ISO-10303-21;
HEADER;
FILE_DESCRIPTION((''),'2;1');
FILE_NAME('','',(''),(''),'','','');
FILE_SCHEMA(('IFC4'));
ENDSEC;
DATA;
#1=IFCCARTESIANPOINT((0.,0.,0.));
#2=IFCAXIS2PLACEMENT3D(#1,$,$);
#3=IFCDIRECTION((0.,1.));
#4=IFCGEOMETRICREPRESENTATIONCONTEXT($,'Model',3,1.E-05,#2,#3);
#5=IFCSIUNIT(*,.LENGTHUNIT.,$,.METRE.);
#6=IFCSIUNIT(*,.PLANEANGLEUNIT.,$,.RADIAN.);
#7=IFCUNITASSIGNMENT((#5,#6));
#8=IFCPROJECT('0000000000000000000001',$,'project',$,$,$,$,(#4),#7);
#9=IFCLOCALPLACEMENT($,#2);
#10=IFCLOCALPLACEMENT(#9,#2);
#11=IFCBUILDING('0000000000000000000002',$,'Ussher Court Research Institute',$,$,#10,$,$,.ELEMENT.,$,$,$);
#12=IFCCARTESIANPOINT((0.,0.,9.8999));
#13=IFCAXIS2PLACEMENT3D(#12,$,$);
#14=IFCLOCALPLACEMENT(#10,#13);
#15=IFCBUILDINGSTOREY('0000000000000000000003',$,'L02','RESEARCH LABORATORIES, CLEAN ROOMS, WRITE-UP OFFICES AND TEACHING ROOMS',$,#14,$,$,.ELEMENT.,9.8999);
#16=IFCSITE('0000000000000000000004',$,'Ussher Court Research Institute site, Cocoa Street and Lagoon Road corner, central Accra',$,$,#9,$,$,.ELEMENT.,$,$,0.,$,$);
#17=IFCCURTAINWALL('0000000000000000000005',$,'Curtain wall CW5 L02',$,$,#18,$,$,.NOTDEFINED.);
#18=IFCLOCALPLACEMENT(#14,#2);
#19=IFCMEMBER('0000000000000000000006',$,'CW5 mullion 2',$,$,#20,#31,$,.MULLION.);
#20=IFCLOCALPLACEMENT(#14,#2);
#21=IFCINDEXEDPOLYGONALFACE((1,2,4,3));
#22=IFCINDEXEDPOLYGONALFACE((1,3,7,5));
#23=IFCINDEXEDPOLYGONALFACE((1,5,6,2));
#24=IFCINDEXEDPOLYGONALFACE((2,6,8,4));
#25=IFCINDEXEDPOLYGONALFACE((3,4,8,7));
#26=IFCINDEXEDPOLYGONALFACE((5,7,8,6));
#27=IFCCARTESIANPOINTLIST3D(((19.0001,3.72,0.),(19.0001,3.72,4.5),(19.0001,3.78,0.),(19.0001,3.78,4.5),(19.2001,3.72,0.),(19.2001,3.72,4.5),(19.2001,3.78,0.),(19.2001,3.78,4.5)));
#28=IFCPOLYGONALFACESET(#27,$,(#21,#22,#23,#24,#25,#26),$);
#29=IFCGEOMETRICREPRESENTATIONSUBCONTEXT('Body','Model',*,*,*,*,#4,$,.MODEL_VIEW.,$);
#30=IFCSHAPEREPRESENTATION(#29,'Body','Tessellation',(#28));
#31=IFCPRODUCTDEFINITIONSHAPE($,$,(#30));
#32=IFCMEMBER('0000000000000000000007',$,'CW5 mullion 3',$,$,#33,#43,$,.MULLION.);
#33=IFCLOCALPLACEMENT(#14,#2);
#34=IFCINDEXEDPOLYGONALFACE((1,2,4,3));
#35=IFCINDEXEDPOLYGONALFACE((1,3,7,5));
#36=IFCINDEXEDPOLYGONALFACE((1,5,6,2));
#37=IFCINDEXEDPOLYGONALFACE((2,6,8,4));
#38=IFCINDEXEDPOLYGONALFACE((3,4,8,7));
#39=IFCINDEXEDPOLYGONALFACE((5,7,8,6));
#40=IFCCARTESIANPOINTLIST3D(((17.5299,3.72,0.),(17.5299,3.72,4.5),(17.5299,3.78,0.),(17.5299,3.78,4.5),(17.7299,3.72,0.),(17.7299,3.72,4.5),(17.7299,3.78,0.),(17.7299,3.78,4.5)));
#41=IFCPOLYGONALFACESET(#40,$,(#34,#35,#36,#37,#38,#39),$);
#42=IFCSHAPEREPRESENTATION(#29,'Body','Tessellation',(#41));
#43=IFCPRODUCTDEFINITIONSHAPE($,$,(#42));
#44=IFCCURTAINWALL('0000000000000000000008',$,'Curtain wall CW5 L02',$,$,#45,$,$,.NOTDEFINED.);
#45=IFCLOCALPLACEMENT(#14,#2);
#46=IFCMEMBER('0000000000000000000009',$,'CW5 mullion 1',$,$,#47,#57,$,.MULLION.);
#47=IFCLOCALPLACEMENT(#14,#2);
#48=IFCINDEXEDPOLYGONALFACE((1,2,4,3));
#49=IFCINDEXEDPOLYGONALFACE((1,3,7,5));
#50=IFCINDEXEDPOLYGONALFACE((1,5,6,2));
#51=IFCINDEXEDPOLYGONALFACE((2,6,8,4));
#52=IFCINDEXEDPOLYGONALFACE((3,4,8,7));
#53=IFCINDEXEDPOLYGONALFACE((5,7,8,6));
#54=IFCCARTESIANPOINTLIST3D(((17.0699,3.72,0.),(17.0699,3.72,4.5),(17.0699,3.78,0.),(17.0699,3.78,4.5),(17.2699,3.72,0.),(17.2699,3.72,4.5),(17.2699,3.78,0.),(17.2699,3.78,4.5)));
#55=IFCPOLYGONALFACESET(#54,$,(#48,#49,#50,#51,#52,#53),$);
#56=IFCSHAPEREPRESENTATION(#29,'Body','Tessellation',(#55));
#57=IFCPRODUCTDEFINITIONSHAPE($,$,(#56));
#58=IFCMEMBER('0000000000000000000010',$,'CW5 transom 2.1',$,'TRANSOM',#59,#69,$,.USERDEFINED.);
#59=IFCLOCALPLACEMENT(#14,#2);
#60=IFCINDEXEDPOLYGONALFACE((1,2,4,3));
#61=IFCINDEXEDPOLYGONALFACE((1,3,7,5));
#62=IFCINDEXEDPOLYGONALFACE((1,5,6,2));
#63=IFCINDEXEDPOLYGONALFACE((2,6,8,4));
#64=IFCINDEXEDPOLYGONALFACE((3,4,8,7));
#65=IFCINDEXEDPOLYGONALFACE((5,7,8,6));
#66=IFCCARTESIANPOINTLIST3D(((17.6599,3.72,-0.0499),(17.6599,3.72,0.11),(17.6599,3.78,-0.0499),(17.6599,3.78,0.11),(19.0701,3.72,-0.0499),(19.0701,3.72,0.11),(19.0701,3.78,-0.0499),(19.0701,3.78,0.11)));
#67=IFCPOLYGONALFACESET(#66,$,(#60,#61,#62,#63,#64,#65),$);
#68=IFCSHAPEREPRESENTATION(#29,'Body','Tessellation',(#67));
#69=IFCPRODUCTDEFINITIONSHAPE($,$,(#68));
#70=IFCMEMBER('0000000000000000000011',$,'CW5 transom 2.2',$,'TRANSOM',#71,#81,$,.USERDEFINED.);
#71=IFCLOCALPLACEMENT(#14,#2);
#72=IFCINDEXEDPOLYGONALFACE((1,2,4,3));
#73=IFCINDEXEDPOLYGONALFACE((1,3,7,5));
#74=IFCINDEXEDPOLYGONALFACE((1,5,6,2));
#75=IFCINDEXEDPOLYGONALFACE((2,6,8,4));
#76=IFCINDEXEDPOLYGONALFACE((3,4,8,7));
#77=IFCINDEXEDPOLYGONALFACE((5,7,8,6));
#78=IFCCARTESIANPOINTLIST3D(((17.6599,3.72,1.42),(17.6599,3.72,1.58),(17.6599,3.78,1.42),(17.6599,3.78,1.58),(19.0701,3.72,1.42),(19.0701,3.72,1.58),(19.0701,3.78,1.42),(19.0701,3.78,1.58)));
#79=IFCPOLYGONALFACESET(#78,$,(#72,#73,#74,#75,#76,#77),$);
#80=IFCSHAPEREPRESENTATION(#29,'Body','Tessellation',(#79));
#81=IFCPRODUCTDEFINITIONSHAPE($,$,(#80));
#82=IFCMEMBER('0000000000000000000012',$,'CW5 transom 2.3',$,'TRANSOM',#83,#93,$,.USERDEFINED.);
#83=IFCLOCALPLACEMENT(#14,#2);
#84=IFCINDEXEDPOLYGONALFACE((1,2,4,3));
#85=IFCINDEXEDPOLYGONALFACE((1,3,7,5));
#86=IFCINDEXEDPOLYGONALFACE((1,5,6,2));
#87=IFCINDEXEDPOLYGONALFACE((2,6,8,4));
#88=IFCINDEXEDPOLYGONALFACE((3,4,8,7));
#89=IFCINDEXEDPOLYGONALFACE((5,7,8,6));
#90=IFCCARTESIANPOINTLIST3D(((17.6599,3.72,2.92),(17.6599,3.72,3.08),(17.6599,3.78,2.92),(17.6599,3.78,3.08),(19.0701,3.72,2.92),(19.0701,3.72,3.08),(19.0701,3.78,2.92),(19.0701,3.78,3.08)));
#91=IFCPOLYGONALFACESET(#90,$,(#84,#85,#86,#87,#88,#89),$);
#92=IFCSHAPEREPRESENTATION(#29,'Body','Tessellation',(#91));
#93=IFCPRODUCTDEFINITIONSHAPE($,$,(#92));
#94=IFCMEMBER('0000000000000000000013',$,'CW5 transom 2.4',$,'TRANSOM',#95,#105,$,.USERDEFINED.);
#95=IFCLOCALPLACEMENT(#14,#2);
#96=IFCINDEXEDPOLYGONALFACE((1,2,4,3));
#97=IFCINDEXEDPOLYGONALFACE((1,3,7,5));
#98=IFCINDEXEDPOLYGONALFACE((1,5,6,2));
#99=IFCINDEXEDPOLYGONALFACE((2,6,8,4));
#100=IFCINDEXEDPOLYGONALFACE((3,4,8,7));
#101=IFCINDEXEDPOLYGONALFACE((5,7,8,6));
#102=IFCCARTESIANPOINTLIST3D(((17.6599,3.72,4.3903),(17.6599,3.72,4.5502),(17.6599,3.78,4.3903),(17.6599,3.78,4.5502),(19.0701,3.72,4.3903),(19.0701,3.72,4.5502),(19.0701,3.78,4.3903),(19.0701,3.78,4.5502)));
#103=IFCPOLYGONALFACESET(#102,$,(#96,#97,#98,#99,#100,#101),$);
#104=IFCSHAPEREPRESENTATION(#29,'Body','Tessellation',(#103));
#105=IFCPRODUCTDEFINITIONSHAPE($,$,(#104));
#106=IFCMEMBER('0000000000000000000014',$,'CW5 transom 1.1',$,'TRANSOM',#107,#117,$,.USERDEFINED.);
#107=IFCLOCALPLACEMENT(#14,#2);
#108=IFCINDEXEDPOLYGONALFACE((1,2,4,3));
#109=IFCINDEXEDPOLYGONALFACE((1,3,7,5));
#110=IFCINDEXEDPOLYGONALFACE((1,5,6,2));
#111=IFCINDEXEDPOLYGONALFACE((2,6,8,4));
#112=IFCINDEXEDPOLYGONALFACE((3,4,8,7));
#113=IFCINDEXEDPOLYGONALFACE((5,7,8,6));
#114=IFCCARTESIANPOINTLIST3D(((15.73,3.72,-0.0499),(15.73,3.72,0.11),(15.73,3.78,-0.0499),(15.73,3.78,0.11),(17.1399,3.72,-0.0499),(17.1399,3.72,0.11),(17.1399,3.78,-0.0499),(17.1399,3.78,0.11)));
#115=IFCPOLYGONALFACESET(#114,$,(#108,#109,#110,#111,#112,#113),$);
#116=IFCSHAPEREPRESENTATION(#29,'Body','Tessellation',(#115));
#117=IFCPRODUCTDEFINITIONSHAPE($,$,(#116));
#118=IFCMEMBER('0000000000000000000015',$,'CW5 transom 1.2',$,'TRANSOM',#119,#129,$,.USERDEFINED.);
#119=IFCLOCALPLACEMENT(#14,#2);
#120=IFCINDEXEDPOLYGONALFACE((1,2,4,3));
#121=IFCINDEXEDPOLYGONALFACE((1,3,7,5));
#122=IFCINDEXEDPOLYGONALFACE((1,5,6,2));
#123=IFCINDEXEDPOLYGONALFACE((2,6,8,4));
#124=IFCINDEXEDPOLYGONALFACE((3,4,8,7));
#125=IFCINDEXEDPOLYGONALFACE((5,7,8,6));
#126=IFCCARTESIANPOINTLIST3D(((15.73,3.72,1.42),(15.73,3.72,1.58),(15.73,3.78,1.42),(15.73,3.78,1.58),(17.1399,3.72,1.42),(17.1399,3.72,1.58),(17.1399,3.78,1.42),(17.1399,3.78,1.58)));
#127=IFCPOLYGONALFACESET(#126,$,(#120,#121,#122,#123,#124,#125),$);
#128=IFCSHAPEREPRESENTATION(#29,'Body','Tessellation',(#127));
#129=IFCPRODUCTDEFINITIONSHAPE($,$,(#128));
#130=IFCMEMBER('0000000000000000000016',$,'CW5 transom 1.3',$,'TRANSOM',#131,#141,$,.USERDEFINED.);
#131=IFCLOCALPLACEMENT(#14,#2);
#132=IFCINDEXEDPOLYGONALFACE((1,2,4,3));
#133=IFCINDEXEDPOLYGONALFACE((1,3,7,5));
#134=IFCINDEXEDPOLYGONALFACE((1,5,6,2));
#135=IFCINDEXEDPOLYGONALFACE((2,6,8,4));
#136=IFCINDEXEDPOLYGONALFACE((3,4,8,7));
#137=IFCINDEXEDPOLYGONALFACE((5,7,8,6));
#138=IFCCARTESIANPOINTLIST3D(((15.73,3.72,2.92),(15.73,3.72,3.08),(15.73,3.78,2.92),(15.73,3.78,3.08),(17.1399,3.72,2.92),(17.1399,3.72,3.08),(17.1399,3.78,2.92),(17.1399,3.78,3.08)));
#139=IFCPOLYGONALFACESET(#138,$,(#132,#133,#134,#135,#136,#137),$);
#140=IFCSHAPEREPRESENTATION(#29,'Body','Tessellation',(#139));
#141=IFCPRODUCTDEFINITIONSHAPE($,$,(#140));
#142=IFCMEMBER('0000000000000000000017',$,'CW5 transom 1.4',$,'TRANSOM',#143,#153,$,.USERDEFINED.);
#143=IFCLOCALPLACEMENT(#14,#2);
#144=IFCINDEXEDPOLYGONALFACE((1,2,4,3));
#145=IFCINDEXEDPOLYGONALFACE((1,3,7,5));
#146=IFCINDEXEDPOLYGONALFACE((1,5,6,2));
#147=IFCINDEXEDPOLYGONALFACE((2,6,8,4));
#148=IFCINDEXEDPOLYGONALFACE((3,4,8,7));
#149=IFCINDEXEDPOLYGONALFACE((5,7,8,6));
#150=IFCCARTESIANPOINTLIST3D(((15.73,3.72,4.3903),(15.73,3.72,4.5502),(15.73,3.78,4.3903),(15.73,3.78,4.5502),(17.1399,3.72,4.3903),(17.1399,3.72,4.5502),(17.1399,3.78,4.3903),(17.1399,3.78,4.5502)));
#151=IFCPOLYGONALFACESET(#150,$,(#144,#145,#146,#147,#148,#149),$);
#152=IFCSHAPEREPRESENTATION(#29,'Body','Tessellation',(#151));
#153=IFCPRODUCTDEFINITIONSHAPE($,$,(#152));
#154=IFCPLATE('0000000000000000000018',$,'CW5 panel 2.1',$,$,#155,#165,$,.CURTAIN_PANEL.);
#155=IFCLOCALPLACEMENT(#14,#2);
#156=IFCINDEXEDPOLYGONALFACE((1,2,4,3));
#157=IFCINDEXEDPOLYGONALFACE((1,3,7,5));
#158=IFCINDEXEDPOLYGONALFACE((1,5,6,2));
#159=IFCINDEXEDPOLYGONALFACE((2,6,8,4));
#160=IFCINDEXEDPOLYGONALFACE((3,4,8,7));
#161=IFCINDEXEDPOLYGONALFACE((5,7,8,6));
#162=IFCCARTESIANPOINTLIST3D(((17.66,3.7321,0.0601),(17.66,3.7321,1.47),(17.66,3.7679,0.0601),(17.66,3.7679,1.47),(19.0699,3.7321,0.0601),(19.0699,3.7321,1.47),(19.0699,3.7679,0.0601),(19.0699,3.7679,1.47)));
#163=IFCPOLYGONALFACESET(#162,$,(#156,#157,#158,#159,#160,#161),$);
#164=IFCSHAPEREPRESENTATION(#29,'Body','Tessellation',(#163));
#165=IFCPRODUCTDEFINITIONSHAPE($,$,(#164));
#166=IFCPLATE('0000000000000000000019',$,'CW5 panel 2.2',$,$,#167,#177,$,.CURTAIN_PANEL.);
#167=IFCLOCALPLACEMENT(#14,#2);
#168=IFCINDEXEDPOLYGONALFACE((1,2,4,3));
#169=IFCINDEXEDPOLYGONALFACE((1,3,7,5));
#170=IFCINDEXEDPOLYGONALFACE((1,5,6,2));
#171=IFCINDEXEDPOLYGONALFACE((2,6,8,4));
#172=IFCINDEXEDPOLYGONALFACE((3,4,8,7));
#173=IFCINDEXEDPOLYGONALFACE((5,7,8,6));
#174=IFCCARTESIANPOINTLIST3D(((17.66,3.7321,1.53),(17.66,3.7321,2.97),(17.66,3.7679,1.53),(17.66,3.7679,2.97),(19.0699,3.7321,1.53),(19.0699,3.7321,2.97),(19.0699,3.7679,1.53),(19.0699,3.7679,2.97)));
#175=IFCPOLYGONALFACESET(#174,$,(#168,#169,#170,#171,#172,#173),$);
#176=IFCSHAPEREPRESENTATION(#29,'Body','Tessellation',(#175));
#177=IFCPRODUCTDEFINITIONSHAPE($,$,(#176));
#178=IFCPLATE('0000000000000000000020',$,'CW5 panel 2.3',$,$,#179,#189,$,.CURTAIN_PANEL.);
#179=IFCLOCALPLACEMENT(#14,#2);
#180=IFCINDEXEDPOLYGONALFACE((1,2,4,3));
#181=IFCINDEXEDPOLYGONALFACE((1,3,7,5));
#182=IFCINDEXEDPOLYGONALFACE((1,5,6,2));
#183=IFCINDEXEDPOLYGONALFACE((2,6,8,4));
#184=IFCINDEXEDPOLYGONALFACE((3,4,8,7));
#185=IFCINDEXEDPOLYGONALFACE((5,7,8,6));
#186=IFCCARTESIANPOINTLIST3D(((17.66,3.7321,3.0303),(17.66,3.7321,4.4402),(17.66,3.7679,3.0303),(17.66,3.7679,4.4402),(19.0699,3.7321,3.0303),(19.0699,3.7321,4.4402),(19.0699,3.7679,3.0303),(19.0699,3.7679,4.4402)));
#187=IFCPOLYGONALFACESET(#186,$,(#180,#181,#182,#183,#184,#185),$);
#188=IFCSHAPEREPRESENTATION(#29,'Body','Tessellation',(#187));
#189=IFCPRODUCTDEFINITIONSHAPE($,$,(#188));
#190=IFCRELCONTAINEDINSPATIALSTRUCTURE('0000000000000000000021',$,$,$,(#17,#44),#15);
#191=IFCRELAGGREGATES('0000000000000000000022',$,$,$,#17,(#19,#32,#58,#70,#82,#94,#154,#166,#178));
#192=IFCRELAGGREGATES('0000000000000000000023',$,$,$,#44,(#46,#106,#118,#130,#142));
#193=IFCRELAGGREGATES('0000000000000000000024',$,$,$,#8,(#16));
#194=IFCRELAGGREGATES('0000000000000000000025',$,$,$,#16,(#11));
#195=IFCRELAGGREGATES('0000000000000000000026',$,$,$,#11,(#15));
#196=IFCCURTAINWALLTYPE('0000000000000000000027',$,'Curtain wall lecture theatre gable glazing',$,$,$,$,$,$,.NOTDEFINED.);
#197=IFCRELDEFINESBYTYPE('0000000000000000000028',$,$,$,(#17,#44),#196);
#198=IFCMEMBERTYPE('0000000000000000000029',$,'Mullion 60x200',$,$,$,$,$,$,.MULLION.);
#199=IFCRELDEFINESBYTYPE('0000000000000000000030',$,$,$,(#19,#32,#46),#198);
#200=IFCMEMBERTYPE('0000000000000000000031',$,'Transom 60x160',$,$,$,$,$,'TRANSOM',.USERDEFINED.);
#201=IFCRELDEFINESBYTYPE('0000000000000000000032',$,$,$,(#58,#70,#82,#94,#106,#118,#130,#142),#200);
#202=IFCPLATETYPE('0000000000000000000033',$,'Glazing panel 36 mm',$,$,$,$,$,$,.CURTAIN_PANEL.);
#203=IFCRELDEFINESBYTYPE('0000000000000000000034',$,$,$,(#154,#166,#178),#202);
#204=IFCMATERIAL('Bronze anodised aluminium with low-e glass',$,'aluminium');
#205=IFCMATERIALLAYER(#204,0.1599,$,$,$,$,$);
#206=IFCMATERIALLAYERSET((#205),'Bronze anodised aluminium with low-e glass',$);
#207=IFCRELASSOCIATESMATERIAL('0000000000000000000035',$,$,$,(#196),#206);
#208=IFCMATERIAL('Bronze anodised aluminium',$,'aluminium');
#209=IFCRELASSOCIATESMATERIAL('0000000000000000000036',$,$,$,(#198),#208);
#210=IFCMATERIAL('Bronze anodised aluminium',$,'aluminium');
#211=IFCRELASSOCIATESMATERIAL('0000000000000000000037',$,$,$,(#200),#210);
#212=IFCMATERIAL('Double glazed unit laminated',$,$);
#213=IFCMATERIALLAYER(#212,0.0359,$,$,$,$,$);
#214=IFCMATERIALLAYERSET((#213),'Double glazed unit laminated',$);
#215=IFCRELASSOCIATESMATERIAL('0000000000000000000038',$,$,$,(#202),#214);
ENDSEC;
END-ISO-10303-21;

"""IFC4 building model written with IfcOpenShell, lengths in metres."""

from ifc_helpers import new_model, si_unit, direction, frame, origin, origin_2d, place, context, subcontext, project, spatial, rectangle, extrude, material, layer, layer_set, material_profile, profile_set, type_object, element, aggregate, save


model = new_model("IFC4")

# Units and contexts
model_context = context("Model", 3, precision=1e-05, world=origin(), true_north=direction((0.0, 1.0)))
body_context = subcontext(model_context, "Body", "Model", "MODEL_VIEW")
ifc_project = project(units=[si_unit("LENGTHUNIT", "METRE"), si_unit("PLANEANGLEUNIT", "RADIAN")], contexts=[model_context])

# Site, building, storey
site_placement = place(None, origin())
site = spatial("IfcSite", under=ifc_project, at=site_placement, Name="Ussher Court Research Institute site, Cocoa Street and Lagoon Road corner, central Accra", CompositionType="ELEMENT", RefElevation=0.0)
building_placement = place(site_placement, origin())
building = spatial("IfcBuilding", under=site, at=building_placement, Name="Ussher Court Research Institute", CompositionType="ELEMENT")
storey_placement = place(building_placement, frame((0.0, 0.0, 9.8999)))
storey = spatial("IfcBuildingStorey", under=building, at=storey_placement, Name="L02", Description="RESEARCH LABORATORIES, CLEAN ROOMS, WRITE-UP OFFICES AND TEACHING ROOMS", CompositionType="ELEMENT", Elevation=9.8999)

# Curtain wall, members
ifc_material_1 = material(Name="Bronze anodised aluminium with low-e glass", Category="aluminium")
ifc_layer_1 = layer(ifc_material_1, 0.1599)
ifc_layer_set_1 = layer_set([ifc_layer_1], Name="Bronze anodised aluminium with low-e glass")
curtain_wall_type = type_object("IfcCurtainWallType", Name="Curtain wall lecture theatre gable glazing", PredefinedType="NOTDEFINED", material=ifc_layer_set_1)
curtain_wall_1_placement = place(storey_placement, origin())
curtain_wall_1 = element("IfcCurtainWall", 1, at=curtain_wall_1_placement, inside=storey, type_object=curtain_wall_type, Name="Curtain wall CW5 L02", PredefinedType="NOTDEFINED")
ifc_material_2 = material(Name="Bronze anodised aluminium", Category="aluminium")
ifc_material_profile_1 = material_profile(ifc_material_2, rectangle(XDim=0.0601, YDim=0.2, at=origin_2d()), Name="Mullion 60x200")
ifc_profile_set_1 = profile_set([ifc_material_profile_1], Name="Bronze anodised aluminium")
member_type_1 = type_object("IfcMemberType", Name="Mullion 60x200", PredefinedType="MULLION", material=ifc_profile_set_1)
member_1_placement = place(storey_placement, frame((19.1001, 3.75, 0.0), z_axis=(0.0, 0.0, 1.0), x_axis=(0.0, -1.0, 0.0)))
member_1 = element("IfcMember", 2, at=member_1_placement, type_object=member_type_1, Name="CW5 mullion 2", PredefinedType="MULLION", context=body_context, shape_type="SweptSolid", body=[
    extrude(rectangle(XDim=0.0601, YDim=0.2, at=origin_2d()), origin(), (0.0, 0.0, 1.0), 4.5),
])
member_2_placement = place(storey_placement, frame((17.6299, 3.75, 0.0), z_axis=(0.0, 0.0, 1.0), x_axis=(0.0, -1.0, 0.0)))
member_2 = element("IfcMember", 3, at=member_2_placement, type_object=member_type_1, Name="CW5 mullion 3", PredefinedType="MULLION", context=body_context, shape_type="SweptSolid", body=[
    extrude(rectangle(XDim=0.0601, YDim=0.2, at=origin_2d()), origin(), (0.0, 0.0, 1.0), 4.5),
])

# Curtain wall, member
curtain_wall_2_placement = place(storey_placement, origin())
curtain_wall_2 = element("IfcCurtainWall", 4, at=curtain_wall_2_placement, inside=storey, type_object=curtain_wall_type, Name="Curtain wall CW5 L02", PredefinedType="NOTDEFINED")
member_3_placement = place(storey_placement, frame((17.1699, 3.75, 0.0), z_axis=(0.0, 0.0, 1.0), x_axis=(0.0, -1.0, 0.0)))
member_3 = element("IfcMember", 5, at=member_3_placement, type_object=member_type_1, Name="CW5 mullion 1", PredefinedType="MULLION", context=body_context, shape_type="SweptSolid", body=[
    extrude(rectangle(XDim=0.0601, YDim=0.2, at=origin_2d()), origin(), (0.0, 0.0, 1.0), 4.5),
])

# Members
ifc_material_3 = material(Name="Bronze anodised aluminium", Category="aluminium")
ifc_material_profile_2 = material_profile(ifc_material_3, rectangle(XDim=0.0601, YDim=0.1599, at=origin_2d()), Name="Transom 60x160")
ifc_profile_set_2 = profile_set([ifc_material_profile_2], Name="Bronze anodised aluminium")
member_type_2 = type_object("IfcMemberType", Name="Transom 60x160", ElementType="TRANSOM", PredefinedType="USERDEFINED", material=ifc_profile_set_2)
member_4_placement = place(storey_placement, frame((19.0701, 3.75, 0.03), z_axis=(-1.0, 0.0, 0.0), x_axis=(0.0, -1.0, 0.0)))
member_4 = element("IfcMember", 6, at=member_4_placement, type_object=member_type_2, Name="CW5 transom 2.1", ObjectType="TRANSOM", PredefinedType="USERDEFINED", context=body_context, shape_type="SweptSolid", body=[
    extrude(rectangle(XDim=0.0601, YDim=0.1599, at=origin_2d()), origin(), (0.0, 0.0, 1.0), 1.4102),
])
member_5_placement = place(storey_placement, frame((19.0701, 3.75, 1.5), z_axis=(-1.0, 0.0, 0.0), x_axis=(0.0, -1.0, 0.0)))
member_5 = element("IfcMember", 7, at=member_5_placement, type_object=member_type_2, Name="CW5 transom 2.2", ObjectType="TRANSOM", PredefinedType="USERDEFINED", context=body_context, shape_type="SweptSolid", body=[
    extrude(rectangle(XDim=0.0601, YDim=0.1599, at=origin_2d()), origin(), (0.0, 0.0, 1.0), 1.4102),
])
member_6_placement = place(storey_placement, frame((19.0701, 3.75, 3.0), z_axis=(-1.0, 0.0, 0.0), x_axis=(0.0, -1.0, 0.0)))
member_6 = element("IfcMember", 8, at=member_6_placement, type_object=member_type_2, Name="CW5 transom 2.3", ObjectType="TRANSOM", PredefinedType="USERDEFINED", context=body_context, shape_type="SweptSolid", body=[
    extrude(rectangle(XDim=0.0601, YDim=0.1599, at=origin_2d()), origin(), (0.0, 0.0, 1.0), 1.4102),
])
member_7_placement = place(storey_placement, frame((19.0701, 3.75, 4.4702), z_axis=(-1.0, 0.0, 0.0), x_axis=(0.0, -1.0, 0.0)))
member_7 = element("IfcMember", 9, at=member_7_placement, type_object=member_type_2, Name="CW5 transom 2.4", ObjectType="TRANSOM", PredefinedType="USERDEFINED", context=body_context, shape_type="SweptSolid", body=[
    extrude(rectangle(XDim=0.0601, YDim=0.1599, at=origin_2d()), origin(), (0.0, 0.0, 1.0), 1.4102),
])
member_8_placement = place(storey_placement, frame((17.1399, 3.75, 0.03), z_axis=(-1.0, 0.0, 0.0), x_axis=(0.0, -1.0, 0.0)))
member_8 = element("IfcMember", 10, at=member_8_placement, type_object=member_type_2, Name="CW5 transom 1.1", ObjectType="TRANSOM", PredefinedType="USERDEFINED", context=body_context, shape_type="SweptSolid", body=[
    extrude(rectangle(XDim=0.0601, YDim=0.1599, at=origin_2d()), origin(), (0.0, 0.0, 1.0), 1.4099),
])
member_9_placement = place(storey_placement, frame((17.1399, 3.75, 1.5), z_axis=(-1.0, 0.0, 0.0), x_axis=(0.0, -1.0, 0.0)))
member_9 = element("IfcMember", 11, at=member_9_placement, type_object=member_type_2, Name="CW5 transom 1.2", ObjectType="TRANSOM", PredefinedType="USERDEFINED", context=body_context, shape_type="SweptSolid", body=[
    extrude(rectangle(XDim=0.0601, YDim=0.1599, at=origin_2d()), origin(), (0.0, 0.0, 1.0), 1.4099),
])
member_10_placement = place(storey_placement, frame((17.1399, 3.75, 3.0), z_axis=(-1.0, 0.0, 0.0), x_axis=(0.0, -1.0, 0.0)))
member_10 = element("IfcMember", 12, at=member_10_placement, type_object=member_type_2, Name="CW5 transom 1.3", ObjectType="TRANSOM", PredefinedType="USERDEFINED", context=body_context, shape_type="SweptSolid", body=[
    extrude(rectangle(XDim=0.0601, YDim=0.1599, at=origin_2d()), origin(), (0.0, 0.0, 1.0), 1.4099),
])
member_11_placement = place(storey_placement, frame((17.1399, 3.75, 4.4702), z_axis=(-1.0, 0.0, 0.0), x_axis=(0.0, -1.0, 0.0)))
member_11 = element("IfcMember", 13, at=member_11_placement, type_object=member_type_2, Name="CW5 transom 1.4", ObjectType="TRANSOM", PredefinedType="USERDEFINED", context=body_context, shape_type="SweptSolid", body=[
    extrude(rectangle(XDim=0.0601, YDim=0.1599, at=origin_2d()), origin(), (0.0, 0.0, 1.0), 1.4099),
])

# Plates
ifc_material_4 = material(Name="Double glazed unit laminated")
ifc_layer_2 = layer(ifc_material_4, 0.0359)
ifc_layer_set_2 = layer_set([ifc_layer_2], Name="Double glazed unit laminated")
plate_type = type_object("IfcPlateType", Name="Glazing panel 36 mm", PredefinedType="CURTAIN_PANEL", material=ifc_layer_set_2)
plate_1_placement = place(storey_placement, frame((18.365, 3.75, 0.0601), z_axis=(0.0, 0.0, 1.0), x_axis=(-1.0, 0.0, 0.0)))
plate_1 = element("IfcPlate", 14, at=plate_1_placement, type_object=plate_type, Name="CW5 panel 2.1", PredefinedType="CURTAIN_PANEL", context=body_context, shape_type="SweptSolid", body=[
    extrude(rectangle(XDim=1.4099, YDim=0.0359, at=origin_2d()), origin(), (0.0, 0.0, 1.0), 1.4099),
])
plate_2_placement = place(storey_placement, frame((18.365, 3.75, 1.53), z_axis=(0.0, 0.0, 1.0), x_axis=(-1.0, 0.0, 0.0)))
plate_2 = element("IfcPlate", 15, at=plate_2_placement, type_object=plate_type, Name="CW5 panel 2.2", PredefinedType="CURTAIN_PANEL", context=body_context, shape_type="SweptSolid", body=[
    extrude(rectangle(XDim=1.4099, YDim=0.0359, at=origin_2d()), origin(), (0.0, 0.0, 1.0), 1.4399),
])
plate_3_placement = place(storey_placement, frame((18.365, 3.75, 3.0303), z_axis=(0.0, 0.0, 1.0), x_axis=(-1.0, 0.0, 0.0)))
plate_3 = element("IfcPlate", 16, at=plate_3_placement, type_object=plate_type, Name="CW5 panel 2.3", PredefinedType="CURTAIN_PANEL", context=body_context, shape_type="SweptSolid", body=[
    extrude(rectangle(XDim=1.4099, YDim=0.0359, at=origin_2d()), origin(), (0.0, 0.0, 1.0), 1.4099),
])
aggregate(curtain_wall_1, [member_1, member_2, member_4, member_5, member_6, member_7, plate_1, plate_2, plate_3])
aggregate(curtain_wall_2, [member_3, member_8, member_9, member_10, member_11])

save(model, "model.ifc")
